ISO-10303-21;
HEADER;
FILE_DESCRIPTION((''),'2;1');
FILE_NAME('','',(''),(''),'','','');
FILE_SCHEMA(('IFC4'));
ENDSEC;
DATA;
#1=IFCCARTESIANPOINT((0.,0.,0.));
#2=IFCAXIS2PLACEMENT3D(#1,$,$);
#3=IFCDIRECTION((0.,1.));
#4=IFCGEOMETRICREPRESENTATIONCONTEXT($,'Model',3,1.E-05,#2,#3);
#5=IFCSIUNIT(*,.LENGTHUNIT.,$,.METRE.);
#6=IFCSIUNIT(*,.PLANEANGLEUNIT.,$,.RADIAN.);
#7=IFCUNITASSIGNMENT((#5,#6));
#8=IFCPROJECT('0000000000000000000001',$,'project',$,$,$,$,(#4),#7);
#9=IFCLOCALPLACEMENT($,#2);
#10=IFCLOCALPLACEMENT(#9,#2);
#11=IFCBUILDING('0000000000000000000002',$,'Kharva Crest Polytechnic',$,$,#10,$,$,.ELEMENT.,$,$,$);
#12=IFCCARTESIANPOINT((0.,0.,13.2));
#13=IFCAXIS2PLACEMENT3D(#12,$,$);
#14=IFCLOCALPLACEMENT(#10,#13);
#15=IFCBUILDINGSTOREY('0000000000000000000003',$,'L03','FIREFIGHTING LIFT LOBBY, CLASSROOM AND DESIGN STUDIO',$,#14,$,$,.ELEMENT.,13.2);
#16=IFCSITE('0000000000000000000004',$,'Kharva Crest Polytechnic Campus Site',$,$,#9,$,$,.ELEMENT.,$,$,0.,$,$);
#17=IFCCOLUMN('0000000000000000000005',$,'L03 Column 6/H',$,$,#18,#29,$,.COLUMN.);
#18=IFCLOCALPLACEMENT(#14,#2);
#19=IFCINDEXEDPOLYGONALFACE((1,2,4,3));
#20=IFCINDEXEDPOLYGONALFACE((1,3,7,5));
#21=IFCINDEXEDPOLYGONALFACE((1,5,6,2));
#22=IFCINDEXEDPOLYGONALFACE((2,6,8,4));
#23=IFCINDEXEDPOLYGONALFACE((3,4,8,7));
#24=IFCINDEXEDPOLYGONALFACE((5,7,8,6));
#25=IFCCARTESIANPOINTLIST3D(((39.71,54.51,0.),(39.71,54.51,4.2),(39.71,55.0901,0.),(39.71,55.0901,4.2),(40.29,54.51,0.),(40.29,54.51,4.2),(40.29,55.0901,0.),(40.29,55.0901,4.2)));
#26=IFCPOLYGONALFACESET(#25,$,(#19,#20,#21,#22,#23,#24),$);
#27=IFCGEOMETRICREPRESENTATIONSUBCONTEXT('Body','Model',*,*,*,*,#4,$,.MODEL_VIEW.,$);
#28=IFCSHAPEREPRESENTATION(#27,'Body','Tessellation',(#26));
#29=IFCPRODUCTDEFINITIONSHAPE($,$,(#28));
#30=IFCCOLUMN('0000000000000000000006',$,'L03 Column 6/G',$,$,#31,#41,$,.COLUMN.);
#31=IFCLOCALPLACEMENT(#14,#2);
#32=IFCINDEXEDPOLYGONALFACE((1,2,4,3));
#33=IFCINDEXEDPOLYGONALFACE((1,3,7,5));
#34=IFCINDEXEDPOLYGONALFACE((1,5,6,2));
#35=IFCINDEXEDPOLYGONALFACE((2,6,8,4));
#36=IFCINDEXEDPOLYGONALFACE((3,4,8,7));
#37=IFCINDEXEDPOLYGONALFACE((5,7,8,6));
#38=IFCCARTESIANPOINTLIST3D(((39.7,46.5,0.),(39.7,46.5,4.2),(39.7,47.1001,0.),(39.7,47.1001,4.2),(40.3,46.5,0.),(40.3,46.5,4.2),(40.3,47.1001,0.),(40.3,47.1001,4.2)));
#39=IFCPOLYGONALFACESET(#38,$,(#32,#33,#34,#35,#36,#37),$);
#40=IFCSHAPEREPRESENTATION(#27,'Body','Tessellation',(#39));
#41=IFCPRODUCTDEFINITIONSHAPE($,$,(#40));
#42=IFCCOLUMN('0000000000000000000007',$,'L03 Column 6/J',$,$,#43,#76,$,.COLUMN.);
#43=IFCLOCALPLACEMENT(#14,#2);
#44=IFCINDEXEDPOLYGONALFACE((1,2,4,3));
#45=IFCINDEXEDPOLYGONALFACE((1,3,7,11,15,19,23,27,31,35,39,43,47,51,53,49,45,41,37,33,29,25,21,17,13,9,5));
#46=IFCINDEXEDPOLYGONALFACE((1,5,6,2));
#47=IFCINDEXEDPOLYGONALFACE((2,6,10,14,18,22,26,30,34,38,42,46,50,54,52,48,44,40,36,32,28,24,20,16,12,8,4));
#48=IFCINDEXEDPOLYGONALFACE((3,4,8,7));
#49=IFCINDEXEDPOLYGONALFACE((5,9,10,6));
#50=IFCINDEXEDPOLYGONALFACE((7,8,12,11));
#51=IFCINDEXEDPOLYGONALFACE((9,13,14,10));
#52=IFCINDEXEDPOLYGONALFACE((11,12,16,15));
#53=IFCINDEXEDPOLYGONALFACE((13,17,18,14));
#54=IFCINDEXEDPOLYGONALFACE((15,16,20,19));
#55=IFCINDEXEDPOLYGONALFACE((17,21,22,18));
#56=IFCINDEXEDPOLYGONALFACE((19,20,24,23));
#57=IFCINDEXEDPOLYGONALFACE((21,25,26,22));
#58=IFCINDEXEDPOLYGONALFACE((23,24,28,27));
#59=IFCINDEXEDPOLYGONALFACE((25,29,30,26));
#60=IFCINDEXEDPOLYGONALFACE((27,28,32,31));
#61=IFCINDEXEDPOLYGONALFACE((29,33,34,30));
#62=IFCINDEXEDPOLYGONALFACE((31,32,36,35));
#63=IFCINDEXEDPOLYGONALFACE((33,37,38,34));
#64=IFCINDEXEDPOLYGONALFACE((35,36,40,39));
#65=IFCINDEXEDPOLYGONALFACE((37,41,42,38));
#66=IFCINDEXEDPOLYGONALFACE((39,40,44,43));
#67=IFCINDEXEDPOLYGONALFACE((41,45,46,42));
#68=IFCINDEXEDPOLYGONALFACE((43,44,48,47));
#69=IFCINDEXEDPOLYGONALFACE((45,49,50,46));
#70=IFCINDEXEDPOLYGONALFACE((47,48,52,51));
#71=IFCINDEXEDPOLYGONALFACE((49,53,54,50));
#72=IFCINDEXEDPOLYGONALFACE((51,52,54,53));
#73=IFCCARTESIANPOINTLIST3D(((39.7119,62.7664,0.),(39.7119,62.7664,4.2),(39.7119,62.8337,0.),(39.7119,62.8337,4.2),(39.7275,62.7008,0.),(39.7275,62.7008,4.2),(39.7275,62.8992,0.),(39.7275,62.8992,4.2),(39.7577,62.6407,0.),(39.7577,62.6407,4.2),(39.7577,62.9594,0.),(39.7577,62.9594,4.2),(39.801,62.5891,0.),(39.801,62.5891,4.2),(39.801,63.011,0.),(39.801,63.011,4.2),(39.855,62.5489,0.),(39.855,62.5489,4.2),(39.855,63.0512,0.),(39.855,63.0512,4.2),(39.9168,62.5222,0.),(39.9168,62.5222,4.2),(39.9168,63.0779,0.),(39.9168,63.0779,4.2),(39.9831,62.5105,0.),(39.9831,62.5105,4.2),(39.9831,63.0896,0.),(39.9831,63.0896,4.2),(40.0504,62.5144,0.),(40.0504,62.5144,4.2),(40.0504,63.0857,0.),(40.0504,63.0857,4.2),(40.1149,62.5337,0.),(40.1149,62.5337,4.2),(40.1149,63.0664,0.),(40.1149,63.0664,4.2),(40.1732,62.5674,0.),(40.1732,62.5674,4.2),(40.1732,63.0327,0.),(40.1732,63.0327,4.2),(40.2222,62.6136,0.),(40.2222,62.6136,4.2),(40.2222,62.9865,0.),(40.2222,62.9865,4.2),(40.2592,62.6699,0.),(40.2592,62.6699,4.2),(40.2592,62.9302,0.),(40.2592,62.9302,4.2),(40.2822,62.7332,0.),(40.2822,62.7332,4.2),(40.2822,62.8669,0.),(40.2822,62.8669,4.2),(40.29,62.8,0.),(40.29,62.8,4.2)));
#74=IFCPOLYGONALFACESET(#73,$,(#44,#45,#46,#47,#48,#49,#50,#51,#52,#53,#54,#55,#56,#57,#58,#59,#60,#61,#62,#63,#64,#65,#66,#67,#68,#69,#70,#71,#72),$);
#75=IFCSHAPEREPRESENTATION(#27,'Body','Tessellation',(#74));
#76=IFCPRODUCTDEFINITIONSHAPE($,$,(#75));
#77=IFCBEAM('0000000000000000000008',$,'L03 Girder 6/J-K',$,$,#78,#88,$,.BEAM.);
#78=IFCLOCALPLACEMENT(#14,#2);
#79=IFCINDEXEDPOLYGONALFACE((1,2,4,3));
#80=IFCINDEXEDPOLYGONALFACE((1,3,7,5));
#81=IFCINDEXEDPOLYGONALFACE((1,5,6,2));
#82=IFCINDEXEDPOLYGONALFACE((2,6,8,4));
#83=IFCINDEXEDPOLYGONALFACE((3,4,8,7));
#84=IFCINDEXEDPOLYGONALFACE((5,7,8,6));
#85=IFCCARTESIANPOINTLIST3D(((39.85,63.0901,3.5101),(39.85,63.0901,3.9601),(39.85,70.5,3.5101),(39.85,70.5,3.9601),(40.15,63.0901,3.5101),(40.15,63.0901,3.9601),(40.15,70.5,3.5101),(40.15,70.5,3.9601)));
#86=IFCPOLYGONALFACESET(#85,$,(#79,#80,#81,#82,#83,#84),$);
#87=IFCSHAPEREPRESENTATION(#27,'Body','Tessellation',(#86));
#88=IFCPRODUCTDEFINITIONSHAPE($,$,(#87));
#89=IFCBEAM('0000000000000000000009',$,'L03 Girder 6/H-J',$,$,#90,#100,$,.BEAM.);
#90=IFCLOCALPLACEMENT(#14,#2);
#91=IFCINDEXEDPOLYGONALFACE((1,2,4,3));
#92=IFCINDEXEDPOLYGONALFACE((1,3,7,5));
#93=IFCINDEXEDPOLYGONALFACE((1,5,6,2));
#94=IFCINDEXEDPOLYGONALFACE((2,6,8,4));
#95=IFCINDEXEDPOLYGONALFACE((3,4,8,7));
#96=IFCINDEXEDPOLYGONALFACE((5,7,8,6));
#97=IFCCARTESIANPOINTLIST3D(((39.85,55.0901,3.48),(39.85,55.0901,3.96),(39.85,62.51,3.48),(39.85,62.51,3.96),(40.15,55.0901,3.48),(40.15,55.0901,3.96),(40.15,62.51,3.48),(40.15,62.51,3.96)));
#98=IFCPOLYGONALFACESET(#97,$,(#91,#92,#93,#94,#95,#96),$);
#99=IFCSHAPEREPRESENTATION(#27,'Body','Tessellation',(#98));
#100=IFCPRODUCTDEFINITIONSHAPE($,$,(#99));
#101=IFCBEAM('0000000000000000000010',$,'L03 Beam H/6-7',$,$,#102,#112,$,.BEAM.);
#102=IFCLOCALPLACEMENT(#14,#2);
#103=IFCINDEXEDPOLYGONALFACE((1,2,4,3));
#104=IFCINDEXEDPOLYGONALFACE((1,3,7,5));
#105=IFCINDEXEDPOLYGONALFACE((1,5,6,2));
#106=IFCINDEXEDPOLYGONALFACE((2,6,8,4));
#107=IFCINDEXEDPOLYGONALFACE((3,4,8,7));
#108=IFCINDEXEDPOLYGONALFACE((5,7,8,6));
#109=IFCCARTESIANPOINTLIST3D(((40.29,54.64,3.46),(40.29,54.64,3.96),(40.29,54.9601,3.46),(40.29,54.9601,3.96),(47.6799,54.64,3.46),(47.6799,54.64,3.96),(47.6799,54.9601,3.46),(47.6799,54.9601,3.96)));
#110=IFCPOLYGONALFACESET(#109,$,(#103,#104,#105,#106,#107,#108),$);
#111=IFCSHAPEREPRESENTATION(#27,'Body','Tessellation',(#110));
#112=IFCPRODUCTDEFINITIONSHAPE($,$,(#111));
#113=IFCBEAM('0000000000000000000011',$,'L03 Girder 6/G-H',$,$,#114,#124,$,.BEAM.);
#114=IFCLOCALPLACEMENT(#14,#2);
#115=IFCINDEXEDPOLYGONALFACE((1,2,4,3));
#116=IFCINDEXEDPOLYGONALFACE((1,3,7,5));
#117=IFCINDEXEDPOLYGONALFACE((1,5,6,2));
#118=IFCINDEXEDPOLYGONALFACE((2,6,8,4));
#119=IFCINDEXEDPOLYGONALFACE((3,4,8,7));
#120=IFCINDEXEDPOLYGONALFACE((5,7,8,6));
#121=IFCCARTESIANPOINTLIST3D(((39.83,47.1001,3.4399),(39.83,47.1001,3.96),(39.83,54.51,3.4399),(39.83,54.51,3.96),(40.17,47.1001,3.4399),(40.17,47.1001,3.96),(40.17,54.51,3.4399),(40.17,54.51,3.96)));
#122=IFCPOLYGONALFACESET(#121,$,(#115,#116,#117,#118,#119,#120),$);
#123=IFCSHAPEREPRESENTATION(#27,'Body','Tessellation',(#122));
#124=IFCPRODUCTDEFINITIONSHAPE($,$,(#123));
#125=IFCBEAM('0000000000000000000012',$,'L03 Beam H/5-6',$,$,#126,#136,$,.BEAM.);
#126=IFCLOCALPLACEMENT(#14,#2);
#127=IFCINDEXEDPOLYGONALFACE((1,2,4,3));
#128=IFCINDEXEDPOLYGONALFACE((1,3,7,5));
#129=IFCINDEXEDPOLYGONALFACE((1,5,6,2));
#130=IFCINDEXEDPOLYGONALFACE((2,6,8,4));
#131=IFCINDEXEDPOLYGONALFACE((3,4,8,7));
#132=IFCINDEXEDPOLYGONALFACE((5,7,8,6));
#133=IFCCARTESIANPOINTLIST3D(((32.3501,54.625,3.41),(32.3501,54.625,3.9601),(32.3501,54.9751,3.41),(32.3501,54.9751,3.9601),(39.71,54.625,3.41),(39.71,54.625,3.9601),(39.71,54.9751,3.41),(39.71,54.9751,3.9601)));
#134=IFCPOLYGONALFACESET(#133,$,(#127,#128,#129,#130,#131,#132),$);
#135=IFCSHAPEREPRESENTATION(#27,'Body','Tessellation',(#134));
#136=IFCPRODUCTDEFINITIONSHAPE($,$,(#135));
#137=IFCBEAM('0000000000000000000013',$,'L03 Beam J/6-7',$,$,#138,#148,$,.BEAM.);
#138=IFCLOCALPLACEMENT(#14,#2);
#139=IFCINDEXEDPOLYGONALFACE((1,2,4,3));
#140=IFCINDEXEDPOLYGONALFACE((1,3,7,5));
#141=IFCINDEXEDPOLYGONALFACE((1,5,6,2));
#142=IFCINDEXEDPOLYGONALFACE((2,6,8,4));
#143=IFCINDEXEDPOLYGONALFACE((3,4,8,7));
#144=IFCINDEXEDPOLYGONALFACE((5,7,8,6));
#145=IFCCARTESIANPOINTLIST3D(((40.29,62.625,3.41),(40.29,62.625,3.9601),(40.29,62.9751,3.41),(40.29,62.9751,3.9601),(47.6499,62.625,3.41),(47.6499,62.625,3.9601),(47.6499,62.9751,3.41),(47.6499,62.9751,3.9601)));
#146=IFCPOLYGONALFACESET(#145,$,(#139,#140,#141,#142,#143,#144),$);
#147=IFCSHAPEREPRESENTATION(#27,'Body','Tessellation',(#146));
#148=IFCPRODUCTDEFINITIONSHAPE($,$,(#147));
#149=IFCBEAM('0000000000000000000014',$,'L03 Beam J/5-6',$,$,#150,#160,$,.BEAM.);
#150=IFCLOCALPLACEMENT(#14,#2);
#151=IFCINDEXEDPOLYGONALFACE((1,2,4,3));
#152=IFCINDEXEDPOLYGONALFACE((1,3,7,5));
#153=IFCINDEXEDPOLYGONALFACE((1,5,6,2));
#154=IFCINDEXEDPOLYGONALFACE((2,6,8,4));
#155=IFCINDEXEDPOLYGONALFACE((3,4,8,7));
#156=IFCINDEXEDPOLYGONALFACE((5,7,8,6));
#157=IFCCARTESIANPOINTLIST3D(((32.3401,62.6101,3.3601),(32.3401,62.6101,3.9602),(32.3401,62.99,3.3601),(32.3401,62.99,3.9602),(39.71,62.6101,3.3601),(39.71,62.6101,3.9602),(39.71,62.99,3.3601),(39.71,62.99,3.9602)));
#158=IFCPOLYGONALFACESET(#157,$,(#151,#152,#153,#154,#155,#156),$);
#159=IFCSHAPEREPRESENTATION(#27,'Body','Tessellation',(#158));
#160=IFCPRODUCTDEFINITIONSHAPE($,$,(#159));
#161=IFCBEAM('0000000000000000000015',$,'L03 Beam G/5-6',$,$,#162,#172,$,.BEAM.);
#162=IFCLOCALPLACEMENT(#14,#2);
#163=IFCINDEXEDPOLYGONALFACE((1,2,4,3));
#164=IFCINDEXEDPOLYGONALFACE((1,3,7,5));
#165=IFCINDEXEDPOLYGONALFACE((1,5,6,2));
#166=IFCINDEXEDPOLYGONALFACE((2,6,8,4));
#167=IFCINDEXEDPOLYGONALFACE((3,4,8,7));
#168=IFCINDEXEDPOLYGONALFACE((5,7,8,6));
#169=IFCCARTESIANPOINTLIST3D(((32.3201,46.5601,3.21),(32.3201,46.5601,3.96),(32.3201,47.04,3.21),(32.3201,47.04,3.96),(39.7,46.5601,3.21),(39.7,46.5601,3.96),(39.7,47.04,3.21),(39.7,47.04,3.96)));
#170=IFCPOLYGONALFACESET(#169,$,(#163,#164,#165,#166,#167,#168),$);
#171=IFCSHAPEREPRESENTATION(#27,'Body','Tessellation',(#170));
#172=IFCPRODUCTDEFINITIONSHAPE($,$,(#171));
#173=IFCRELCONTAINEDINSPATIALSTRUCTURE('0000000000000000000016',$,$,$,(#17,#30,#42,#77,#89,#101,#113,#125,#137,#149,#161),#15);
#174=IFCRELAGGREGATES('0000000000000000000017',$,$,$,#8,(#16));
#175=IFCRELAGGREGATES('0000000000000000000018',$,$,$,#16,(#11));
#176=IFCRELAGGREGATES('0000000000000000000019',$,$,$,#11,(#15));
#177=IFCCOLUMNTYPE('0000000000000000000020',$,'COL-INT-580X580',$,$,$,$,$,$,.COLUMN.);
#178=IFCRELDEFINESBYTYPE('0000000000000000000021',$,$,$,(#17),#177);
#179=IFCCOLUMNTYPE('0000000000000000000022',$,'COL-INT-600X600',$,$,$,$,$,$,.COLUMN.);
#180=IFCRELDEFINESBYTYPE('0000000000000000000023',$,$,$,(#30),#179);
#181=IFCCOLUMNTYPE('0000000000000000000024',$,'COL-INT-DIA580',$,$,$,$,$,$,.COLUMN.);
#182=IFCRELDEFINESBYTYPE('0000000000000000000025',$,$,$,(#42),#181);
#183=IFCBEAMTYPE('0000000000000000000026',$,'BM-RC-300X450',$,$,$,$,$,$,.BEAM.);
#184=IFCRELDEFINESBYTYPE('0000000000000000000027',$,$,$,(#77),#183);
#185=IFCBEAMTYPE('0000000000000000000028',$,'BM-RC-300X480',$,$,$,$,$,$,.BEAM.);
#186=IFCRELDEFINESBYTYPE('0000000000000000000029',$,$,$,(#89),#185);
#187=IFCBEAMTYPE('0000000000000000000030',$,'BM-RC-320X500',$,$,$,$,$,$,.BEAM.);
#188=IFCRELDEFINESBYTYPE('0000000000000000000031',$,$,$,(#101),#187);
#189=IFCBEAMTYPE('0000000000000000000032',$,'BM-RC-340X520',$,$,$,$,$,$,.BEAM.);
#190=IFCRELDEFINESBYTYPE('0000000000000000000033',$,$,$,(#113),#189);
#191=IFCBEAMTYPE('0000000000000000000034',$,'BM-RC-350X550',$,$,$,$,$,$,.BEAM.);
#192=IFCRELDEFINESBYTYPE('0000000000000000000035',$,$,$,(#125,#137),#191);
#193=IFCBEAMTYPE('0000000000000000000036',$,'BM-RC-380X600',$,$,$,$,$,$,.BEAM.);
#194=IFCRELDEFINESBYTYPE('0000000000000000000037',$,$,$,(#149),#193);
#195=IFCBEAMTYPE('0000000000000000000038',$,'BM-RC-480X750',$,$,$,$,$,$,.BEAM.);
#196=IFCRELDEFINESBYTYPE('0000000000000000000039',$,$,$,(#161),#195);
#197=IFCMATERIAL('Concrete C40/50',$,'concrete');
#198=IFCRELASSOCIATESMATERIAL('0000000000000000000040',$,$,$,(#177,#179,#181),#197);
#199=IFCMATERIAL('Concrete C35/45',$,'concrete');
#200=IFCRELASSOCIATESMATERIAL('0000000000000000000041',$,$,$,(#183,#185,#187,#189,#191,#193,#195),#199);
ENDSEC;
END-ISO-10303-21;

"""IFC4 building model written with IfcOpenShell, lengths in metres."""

from ifc_helpers import new_model, si_unit, direction, frame, origin, origin_2d, place, context, subcontext, project, spatial, rectangle, circle, extrude, material, material_profile, profile_set, type_object, element, save


model = new_model("IFC4")

# Units and contexts
model_context = context("Model", 3, precision=1e-05, world=origin(), true_north=direction((0.0, 1.0)))
body_context = subcontext(model_context, "Body", "Model", "MODEL_VIEW")
ifc_project = project(units=[si_unit("LENGTHUNIT", "METRE"), si_unit("PLANEANGLEUNIT", "RADIAN")], contexts=[model_context])

# Site, building, storey
site_placement = place(None, origin())
site = spatial("IfcSite", under=ifc_project, at=site_placement, Name="Kharva Crest Polytechnic Campus Site", CompositionType="ELEMENT", RefElevation=0.0)
building_placement = place(site_placement, origin())
building = spatial("IfcBuilding", under=site, at=building_placement, Name="Kharva Crest Polytechnic", CompositionType="ELEMENT")
storey_placement = place(building_placement, frame((0.0, 0.0, 13.2)))
storey = spatial("IfcBuildingStorey", under=building, at=storey_placement, Name="L03", Description="FIREFIGHTING LIFT LOBBY, CLASSROOM AND DESIGN STUDIO", CompositionType="ELEMENT", Elevation=13.2)

# Columns
ifc_material_1 = material(Name="Concrete C40/50", Category="concrete")
ifc_material_profile_1 = material_profile(ifc_material_1, rectangle(XDim=0.5801, YDim=0.5801, at=origin_2d()), Name="RECT 580 X 580")
ifc_profile_set_1 = profile_set([ifc_material_profile_1], Name="Concrete C40/50")
column_type_1 = type_object("IfcColumnType", Name="COL-INT-580X580", PredefinedType="COLUMN", material=ifc_profile_set_1)
column_1_placement = place(storey_placement, frame((40.0, 54.8, 0.0), z_axis=(0.0, 0.0, 1.0), x_axis=(1.0, 0.0, 0.0)))
element("IfcColumn", 1, at=column_1_placement, inside=storey, type_object=column_type_1, Name="L03 Column 6/H", PredefinedType="COLUMN", context=body_context, shape_type="SweptSolid", body=[
    extrude(rectangle(XDim=0.5801, YDim=0.5801, at=origin_2d()), origin(), (0.0, 0.0, 1.0), 4.2),
])
ifc_material_profile_2 = material_profile(ifc_material_1, rectangle(XDim=0.6001, YDim=0.6001, at=origin_2d()), Name="RECT 600 X 600")
ifc_profile_set_2 = profile_set([ifc_material_profile_2], Name="Concrete C40/50")
column_type_2 = type_object("IfcColumnType", Name="COL-INT-600X600", PredefinedType="COLUMN", material=ifc_profile_set_2)
column_2_placement = place(storey_placement, frame((40.0, 46.8, 0.0), z_axis=(0.0, 0.0, 1.0), x_axis=(1.0, 0.0, 0.0)))
element("IfcColumn", 2, at=column_2_placement, inside=storey, type_object=column_type_2, Name="L03 Column 6/G", PredefinedType="COLUMN", context=body_context, shape_type="SweptSolid", body=[
    extrude(rectangle(XDim=0.6001, YDim=0.6001, at=origin_2d()), origin(), (0.0, 0.0, 1.0), 4.2),
])
ifc_material_profile_3 = material_profile(ifc_material_1, circle(Radius=0.29, at=origin_2d()), Name="DIA 580")
ifc_profile_set_3 = profile_set([ifc_material_profile_3], Name="Concrete C40/50")
column_type_3 = type_object("IfcColumnType", Name="COL-INT-DIA580", PredefinedType="COLUMN", material=ifc_profile_set_3)
column_3_placement = place(storey_placement, frame((40.0, 62.8, 0.0), z_axis=(0.0, 0.0, 1.0), x_axis=(1.0, 0.0, 0.0)))
element("IfcColumn", 3, at=column_3_placement, inside=storey, type_object=column_type_3, Name="L03 Column 6/J", PredefinedType="COLUMN", context=body_context, shape_type="SweptSolid", body=[
    extrude(circle(Radius=0.29, at=origin_2d()), origin(), (0.0, 0.0, 1.0), 4.2),
])

# Beams
ifc_material_2 = material(Name="Concrete C35/45", Category="concrete")
ifc_material_profile_4 = material_profile(ifc_material_2, rectangle(XDim=0.3, YDim=0.45, at=origin_2d()), Name="RECT 300 X 450")
ifc_profile_set_4 = profile_set([ifc_material_profile_4], Name="Concrete C35/45")
beam_type_1 = type_object("IfcBeamType", Name="BM-RC-300X450", PredefinedType="BEAM", material=ifc_profile_set_4)
beam_1_placement = place(storey_placement, frame((40.0, 63.0901, 3.7351), z_axis=(0.0, 1.0, 0.0), x_axis=(-1.0, 0.0, 0.0)))
element("IfcBeam", 4, at=beam_1_placement, inside=storey, type_object=beam_type_1, Name="L03 Girder 6/J-K", PredefinedType="BEAM", context=body_context, shape_type="SweptSolid", body=[
    extrude(rectangle(XDim=0.3, YDim=0.45, at=origin_2d()), origin(), (0.0, 0.0, 1.0), 7.4099),
])
ifc_material_profile_5 = material_profile(ifc_material_2, rectangle(XDim=0.3, YDim=0.48, at=origin_2d()), Name="RECT 300 X 480")
ifc_profile_set_5 = profile_set([ifc_material_profile_5], Name="Concrete C35/45")
beam_type_2 = type_object("IfcBeamType", Name="BM-RC-300X480", PredefinedType="BEAM", material=ifc_profile_set_5)
beam_2_placement = place(storey_placement, frame((40.0, 55.0901, 3.72), z_axis=(0.0, 1.0, 0.0), x_axis=(-1.0, 0.0, 0.0)))
element("IfcBeam", 5, at=beam_2_placement, inside=storey, type_object=beam_type_2, Name="L03 Girder 6/H-J", PredefinedType="BEAM", context=body_context, shape_type="SweptSolid", body=[
    extrude(rectangle(XDim=0.3, YDim=0.48, at=origin_2d()), origin(), (0.0, 0.0, 1.0), 7.4199),
])
ifc_material_profile_6 = material_profile(ifc_material_2, rectangle(XDim=0.3201, YDim=0.5, at=origin_2d()), Name="RECT 320 X 500")
ifc_profile_set_6 = profile_set([ifc_material_profile_6], Name="Concrete C35/45")
beam_type_3 = type_object("IfcBeamType", Name="BM-RC-320X500", PredefinedType="BEAM", material=ifc_profile_set_6)
beam_3_placement = place(storey_placement, frame((40.29, 54.8, 3.71), z_axis=(1.0, 0.0, 0.0), x_axis=(0.0, 1.0, 0.0)))
element("IfcBeam", 6, at=beam_3_placement, inside=storey, type_object=beam_type_3, Name="L03 Beam H/6-7", PredefinedType="BEAM", context=body_context, shape_type="SweptSolid", body=[
    extrude(rectangle(XDim=0.3201, YDim=0.5, at=origin_2d()), origin(), (0.0, 0.0, 1.0), 7.3899),
])
ifc_material_profile_7 = material_profile(ifc_material_2, rectangle(XDim=0.3401, YDim=0.52, at=origin_2d()), Name="RECT 340 X 520")
ifc_profile_set_7 = profile_set([ifc_material_profile_7], Name="Concrete C35/45")
beam_type_4 = type_object("IfcBeamType", Name="BM-RC-340X520", PredefinedType="BEAM", material=ifc_profile_set_7)
beam_4_placement = place(storey_placement, frame((40.0, 47.1001, 3.7), z_axis=(0.0, 1.0, 0.0), x_axis=(-1.0, 0.0, 0.0)))
element("IfcBeam", 7, at=beam_4_placement, inside=storey, type_object=beam_type_4, Name="L03 Girder 6/G-H", PredefinedType="BEAM", context=body_context, shape_type="SweptSolid", body=[
    extrude(rectangle(XDim=0.3401, YDim=0.52, at=origin_2d()), origin(), (0.0, 0.0, 1.0), 7.4099),
])
ifc_material_profile_8 = material_profile(ifc_material_2, rectangle(XDim=0.3501, YDim=0.55, at=origin_2d()), Name="RECT 350 X 550")
ifc_profile_set_8 = profile_set([ifc_material_profile_8], Name="Concrete C35/45")
beam_type_5 = type_object("IfcBeamType", Name="BM-RC-350X550", PredefinedType="BEAM", material=ifc_profile_set_8)
for number, where, z_axis, x_axis, name in (
    (8, (32.3501, 54.8, 3.6851), (1.0, 0.0, 0.0), (0.0, 1.0, 0.0), "L03 Beam H/5-6"),
    (9, (40.29, 62.8, 3.6851), (1.0, 0.0, 0.0), (0.0, 1.0, 0.0), "L03 Beam J/6-7"),
):
    element("IfcBeam", number, at=place(storey_placement, frame(where, z_axis=z_axis, x_axis=x_axis)), inside=storey, type_object=beam_type_5, Name=name, PredefinedType="BEAM", context=body_context, shape_type="SweptSolid", body=[
        extrude(rectangle(XDim=0.3501, YDim=0.55, at=origin_2d()), origin(), (0.0, 0.0, 1.0), 7.3599),
    ])
ifc_material_profile_9 = material_profile(ifc_material_2, rectangle(XDim=0.3799, YDim=0.6001, at=origin_2d()), Name="RECT 380 X 600")
ifc_profile_set_9 = profile_set([ifc_material_profile_9], Name="Concrete C35/45")
beam_type_6 = type_object("IfcBeamType", Name="BM-RC-380X600", PredefinedType="BEAM", material=ifc_profile_set_9)
beam_5_placement = place(storey_placement, frame((32.3401, 62.8, 3.6602), z_axis=(1.0, 0.0, 0.0), x_axis=(0.0, 1.0, 0.0)))
element("IfcBeam", 10, at=beam_5_placement, inside=storey, type_object=beam_type_6, Name="L03 Beam J/5-6", PredefinedType="BEAM", context=body_context, shape_type="SweptSolid", body=[
    extrude(rectangle(XDim=0.3799, YDim=0.6001, at=origin_2d()), origin(), (0.0, 0.0, 1.0), 7.3699),
])
ifc_material_profile_10 = material_profile(ifc_material_2, rectangle(XDim=0.48, YDim=0.75, at=origin_2d()), Name="RECT 480 X 750")
ifc_profile_set_10 = profile_set([ifc_material_profile_10], Name="Concrete C35/45")
beam_type_7 = type_object("IfcBeamType", Name="BM-RC-480X750", PredefinedType="BEAM", material=ifc_profile_set_10)
beam_6_placement = place(storey_placement, frame((32.3201, 46.8, 3.585), z_axis=(1.0, 0.0, 0.0), x_axis=(0.0, 1.0, 0.0)))
element("IfcBeam", 11, at=beam_6_placement, inside=storey, type_object=beam_type_7, Name="L03 Beam G/5-6", PredefinedType="BEAM", context=body_context, shape_type="SweptSolid", body=[
    extrude(rectangle(XDim=0.48, YDim=0.75, at=origin_2d()), origin(), (0.0, 0.0, 1.0), 7.3799),
])

save(model, "model.ifc")
